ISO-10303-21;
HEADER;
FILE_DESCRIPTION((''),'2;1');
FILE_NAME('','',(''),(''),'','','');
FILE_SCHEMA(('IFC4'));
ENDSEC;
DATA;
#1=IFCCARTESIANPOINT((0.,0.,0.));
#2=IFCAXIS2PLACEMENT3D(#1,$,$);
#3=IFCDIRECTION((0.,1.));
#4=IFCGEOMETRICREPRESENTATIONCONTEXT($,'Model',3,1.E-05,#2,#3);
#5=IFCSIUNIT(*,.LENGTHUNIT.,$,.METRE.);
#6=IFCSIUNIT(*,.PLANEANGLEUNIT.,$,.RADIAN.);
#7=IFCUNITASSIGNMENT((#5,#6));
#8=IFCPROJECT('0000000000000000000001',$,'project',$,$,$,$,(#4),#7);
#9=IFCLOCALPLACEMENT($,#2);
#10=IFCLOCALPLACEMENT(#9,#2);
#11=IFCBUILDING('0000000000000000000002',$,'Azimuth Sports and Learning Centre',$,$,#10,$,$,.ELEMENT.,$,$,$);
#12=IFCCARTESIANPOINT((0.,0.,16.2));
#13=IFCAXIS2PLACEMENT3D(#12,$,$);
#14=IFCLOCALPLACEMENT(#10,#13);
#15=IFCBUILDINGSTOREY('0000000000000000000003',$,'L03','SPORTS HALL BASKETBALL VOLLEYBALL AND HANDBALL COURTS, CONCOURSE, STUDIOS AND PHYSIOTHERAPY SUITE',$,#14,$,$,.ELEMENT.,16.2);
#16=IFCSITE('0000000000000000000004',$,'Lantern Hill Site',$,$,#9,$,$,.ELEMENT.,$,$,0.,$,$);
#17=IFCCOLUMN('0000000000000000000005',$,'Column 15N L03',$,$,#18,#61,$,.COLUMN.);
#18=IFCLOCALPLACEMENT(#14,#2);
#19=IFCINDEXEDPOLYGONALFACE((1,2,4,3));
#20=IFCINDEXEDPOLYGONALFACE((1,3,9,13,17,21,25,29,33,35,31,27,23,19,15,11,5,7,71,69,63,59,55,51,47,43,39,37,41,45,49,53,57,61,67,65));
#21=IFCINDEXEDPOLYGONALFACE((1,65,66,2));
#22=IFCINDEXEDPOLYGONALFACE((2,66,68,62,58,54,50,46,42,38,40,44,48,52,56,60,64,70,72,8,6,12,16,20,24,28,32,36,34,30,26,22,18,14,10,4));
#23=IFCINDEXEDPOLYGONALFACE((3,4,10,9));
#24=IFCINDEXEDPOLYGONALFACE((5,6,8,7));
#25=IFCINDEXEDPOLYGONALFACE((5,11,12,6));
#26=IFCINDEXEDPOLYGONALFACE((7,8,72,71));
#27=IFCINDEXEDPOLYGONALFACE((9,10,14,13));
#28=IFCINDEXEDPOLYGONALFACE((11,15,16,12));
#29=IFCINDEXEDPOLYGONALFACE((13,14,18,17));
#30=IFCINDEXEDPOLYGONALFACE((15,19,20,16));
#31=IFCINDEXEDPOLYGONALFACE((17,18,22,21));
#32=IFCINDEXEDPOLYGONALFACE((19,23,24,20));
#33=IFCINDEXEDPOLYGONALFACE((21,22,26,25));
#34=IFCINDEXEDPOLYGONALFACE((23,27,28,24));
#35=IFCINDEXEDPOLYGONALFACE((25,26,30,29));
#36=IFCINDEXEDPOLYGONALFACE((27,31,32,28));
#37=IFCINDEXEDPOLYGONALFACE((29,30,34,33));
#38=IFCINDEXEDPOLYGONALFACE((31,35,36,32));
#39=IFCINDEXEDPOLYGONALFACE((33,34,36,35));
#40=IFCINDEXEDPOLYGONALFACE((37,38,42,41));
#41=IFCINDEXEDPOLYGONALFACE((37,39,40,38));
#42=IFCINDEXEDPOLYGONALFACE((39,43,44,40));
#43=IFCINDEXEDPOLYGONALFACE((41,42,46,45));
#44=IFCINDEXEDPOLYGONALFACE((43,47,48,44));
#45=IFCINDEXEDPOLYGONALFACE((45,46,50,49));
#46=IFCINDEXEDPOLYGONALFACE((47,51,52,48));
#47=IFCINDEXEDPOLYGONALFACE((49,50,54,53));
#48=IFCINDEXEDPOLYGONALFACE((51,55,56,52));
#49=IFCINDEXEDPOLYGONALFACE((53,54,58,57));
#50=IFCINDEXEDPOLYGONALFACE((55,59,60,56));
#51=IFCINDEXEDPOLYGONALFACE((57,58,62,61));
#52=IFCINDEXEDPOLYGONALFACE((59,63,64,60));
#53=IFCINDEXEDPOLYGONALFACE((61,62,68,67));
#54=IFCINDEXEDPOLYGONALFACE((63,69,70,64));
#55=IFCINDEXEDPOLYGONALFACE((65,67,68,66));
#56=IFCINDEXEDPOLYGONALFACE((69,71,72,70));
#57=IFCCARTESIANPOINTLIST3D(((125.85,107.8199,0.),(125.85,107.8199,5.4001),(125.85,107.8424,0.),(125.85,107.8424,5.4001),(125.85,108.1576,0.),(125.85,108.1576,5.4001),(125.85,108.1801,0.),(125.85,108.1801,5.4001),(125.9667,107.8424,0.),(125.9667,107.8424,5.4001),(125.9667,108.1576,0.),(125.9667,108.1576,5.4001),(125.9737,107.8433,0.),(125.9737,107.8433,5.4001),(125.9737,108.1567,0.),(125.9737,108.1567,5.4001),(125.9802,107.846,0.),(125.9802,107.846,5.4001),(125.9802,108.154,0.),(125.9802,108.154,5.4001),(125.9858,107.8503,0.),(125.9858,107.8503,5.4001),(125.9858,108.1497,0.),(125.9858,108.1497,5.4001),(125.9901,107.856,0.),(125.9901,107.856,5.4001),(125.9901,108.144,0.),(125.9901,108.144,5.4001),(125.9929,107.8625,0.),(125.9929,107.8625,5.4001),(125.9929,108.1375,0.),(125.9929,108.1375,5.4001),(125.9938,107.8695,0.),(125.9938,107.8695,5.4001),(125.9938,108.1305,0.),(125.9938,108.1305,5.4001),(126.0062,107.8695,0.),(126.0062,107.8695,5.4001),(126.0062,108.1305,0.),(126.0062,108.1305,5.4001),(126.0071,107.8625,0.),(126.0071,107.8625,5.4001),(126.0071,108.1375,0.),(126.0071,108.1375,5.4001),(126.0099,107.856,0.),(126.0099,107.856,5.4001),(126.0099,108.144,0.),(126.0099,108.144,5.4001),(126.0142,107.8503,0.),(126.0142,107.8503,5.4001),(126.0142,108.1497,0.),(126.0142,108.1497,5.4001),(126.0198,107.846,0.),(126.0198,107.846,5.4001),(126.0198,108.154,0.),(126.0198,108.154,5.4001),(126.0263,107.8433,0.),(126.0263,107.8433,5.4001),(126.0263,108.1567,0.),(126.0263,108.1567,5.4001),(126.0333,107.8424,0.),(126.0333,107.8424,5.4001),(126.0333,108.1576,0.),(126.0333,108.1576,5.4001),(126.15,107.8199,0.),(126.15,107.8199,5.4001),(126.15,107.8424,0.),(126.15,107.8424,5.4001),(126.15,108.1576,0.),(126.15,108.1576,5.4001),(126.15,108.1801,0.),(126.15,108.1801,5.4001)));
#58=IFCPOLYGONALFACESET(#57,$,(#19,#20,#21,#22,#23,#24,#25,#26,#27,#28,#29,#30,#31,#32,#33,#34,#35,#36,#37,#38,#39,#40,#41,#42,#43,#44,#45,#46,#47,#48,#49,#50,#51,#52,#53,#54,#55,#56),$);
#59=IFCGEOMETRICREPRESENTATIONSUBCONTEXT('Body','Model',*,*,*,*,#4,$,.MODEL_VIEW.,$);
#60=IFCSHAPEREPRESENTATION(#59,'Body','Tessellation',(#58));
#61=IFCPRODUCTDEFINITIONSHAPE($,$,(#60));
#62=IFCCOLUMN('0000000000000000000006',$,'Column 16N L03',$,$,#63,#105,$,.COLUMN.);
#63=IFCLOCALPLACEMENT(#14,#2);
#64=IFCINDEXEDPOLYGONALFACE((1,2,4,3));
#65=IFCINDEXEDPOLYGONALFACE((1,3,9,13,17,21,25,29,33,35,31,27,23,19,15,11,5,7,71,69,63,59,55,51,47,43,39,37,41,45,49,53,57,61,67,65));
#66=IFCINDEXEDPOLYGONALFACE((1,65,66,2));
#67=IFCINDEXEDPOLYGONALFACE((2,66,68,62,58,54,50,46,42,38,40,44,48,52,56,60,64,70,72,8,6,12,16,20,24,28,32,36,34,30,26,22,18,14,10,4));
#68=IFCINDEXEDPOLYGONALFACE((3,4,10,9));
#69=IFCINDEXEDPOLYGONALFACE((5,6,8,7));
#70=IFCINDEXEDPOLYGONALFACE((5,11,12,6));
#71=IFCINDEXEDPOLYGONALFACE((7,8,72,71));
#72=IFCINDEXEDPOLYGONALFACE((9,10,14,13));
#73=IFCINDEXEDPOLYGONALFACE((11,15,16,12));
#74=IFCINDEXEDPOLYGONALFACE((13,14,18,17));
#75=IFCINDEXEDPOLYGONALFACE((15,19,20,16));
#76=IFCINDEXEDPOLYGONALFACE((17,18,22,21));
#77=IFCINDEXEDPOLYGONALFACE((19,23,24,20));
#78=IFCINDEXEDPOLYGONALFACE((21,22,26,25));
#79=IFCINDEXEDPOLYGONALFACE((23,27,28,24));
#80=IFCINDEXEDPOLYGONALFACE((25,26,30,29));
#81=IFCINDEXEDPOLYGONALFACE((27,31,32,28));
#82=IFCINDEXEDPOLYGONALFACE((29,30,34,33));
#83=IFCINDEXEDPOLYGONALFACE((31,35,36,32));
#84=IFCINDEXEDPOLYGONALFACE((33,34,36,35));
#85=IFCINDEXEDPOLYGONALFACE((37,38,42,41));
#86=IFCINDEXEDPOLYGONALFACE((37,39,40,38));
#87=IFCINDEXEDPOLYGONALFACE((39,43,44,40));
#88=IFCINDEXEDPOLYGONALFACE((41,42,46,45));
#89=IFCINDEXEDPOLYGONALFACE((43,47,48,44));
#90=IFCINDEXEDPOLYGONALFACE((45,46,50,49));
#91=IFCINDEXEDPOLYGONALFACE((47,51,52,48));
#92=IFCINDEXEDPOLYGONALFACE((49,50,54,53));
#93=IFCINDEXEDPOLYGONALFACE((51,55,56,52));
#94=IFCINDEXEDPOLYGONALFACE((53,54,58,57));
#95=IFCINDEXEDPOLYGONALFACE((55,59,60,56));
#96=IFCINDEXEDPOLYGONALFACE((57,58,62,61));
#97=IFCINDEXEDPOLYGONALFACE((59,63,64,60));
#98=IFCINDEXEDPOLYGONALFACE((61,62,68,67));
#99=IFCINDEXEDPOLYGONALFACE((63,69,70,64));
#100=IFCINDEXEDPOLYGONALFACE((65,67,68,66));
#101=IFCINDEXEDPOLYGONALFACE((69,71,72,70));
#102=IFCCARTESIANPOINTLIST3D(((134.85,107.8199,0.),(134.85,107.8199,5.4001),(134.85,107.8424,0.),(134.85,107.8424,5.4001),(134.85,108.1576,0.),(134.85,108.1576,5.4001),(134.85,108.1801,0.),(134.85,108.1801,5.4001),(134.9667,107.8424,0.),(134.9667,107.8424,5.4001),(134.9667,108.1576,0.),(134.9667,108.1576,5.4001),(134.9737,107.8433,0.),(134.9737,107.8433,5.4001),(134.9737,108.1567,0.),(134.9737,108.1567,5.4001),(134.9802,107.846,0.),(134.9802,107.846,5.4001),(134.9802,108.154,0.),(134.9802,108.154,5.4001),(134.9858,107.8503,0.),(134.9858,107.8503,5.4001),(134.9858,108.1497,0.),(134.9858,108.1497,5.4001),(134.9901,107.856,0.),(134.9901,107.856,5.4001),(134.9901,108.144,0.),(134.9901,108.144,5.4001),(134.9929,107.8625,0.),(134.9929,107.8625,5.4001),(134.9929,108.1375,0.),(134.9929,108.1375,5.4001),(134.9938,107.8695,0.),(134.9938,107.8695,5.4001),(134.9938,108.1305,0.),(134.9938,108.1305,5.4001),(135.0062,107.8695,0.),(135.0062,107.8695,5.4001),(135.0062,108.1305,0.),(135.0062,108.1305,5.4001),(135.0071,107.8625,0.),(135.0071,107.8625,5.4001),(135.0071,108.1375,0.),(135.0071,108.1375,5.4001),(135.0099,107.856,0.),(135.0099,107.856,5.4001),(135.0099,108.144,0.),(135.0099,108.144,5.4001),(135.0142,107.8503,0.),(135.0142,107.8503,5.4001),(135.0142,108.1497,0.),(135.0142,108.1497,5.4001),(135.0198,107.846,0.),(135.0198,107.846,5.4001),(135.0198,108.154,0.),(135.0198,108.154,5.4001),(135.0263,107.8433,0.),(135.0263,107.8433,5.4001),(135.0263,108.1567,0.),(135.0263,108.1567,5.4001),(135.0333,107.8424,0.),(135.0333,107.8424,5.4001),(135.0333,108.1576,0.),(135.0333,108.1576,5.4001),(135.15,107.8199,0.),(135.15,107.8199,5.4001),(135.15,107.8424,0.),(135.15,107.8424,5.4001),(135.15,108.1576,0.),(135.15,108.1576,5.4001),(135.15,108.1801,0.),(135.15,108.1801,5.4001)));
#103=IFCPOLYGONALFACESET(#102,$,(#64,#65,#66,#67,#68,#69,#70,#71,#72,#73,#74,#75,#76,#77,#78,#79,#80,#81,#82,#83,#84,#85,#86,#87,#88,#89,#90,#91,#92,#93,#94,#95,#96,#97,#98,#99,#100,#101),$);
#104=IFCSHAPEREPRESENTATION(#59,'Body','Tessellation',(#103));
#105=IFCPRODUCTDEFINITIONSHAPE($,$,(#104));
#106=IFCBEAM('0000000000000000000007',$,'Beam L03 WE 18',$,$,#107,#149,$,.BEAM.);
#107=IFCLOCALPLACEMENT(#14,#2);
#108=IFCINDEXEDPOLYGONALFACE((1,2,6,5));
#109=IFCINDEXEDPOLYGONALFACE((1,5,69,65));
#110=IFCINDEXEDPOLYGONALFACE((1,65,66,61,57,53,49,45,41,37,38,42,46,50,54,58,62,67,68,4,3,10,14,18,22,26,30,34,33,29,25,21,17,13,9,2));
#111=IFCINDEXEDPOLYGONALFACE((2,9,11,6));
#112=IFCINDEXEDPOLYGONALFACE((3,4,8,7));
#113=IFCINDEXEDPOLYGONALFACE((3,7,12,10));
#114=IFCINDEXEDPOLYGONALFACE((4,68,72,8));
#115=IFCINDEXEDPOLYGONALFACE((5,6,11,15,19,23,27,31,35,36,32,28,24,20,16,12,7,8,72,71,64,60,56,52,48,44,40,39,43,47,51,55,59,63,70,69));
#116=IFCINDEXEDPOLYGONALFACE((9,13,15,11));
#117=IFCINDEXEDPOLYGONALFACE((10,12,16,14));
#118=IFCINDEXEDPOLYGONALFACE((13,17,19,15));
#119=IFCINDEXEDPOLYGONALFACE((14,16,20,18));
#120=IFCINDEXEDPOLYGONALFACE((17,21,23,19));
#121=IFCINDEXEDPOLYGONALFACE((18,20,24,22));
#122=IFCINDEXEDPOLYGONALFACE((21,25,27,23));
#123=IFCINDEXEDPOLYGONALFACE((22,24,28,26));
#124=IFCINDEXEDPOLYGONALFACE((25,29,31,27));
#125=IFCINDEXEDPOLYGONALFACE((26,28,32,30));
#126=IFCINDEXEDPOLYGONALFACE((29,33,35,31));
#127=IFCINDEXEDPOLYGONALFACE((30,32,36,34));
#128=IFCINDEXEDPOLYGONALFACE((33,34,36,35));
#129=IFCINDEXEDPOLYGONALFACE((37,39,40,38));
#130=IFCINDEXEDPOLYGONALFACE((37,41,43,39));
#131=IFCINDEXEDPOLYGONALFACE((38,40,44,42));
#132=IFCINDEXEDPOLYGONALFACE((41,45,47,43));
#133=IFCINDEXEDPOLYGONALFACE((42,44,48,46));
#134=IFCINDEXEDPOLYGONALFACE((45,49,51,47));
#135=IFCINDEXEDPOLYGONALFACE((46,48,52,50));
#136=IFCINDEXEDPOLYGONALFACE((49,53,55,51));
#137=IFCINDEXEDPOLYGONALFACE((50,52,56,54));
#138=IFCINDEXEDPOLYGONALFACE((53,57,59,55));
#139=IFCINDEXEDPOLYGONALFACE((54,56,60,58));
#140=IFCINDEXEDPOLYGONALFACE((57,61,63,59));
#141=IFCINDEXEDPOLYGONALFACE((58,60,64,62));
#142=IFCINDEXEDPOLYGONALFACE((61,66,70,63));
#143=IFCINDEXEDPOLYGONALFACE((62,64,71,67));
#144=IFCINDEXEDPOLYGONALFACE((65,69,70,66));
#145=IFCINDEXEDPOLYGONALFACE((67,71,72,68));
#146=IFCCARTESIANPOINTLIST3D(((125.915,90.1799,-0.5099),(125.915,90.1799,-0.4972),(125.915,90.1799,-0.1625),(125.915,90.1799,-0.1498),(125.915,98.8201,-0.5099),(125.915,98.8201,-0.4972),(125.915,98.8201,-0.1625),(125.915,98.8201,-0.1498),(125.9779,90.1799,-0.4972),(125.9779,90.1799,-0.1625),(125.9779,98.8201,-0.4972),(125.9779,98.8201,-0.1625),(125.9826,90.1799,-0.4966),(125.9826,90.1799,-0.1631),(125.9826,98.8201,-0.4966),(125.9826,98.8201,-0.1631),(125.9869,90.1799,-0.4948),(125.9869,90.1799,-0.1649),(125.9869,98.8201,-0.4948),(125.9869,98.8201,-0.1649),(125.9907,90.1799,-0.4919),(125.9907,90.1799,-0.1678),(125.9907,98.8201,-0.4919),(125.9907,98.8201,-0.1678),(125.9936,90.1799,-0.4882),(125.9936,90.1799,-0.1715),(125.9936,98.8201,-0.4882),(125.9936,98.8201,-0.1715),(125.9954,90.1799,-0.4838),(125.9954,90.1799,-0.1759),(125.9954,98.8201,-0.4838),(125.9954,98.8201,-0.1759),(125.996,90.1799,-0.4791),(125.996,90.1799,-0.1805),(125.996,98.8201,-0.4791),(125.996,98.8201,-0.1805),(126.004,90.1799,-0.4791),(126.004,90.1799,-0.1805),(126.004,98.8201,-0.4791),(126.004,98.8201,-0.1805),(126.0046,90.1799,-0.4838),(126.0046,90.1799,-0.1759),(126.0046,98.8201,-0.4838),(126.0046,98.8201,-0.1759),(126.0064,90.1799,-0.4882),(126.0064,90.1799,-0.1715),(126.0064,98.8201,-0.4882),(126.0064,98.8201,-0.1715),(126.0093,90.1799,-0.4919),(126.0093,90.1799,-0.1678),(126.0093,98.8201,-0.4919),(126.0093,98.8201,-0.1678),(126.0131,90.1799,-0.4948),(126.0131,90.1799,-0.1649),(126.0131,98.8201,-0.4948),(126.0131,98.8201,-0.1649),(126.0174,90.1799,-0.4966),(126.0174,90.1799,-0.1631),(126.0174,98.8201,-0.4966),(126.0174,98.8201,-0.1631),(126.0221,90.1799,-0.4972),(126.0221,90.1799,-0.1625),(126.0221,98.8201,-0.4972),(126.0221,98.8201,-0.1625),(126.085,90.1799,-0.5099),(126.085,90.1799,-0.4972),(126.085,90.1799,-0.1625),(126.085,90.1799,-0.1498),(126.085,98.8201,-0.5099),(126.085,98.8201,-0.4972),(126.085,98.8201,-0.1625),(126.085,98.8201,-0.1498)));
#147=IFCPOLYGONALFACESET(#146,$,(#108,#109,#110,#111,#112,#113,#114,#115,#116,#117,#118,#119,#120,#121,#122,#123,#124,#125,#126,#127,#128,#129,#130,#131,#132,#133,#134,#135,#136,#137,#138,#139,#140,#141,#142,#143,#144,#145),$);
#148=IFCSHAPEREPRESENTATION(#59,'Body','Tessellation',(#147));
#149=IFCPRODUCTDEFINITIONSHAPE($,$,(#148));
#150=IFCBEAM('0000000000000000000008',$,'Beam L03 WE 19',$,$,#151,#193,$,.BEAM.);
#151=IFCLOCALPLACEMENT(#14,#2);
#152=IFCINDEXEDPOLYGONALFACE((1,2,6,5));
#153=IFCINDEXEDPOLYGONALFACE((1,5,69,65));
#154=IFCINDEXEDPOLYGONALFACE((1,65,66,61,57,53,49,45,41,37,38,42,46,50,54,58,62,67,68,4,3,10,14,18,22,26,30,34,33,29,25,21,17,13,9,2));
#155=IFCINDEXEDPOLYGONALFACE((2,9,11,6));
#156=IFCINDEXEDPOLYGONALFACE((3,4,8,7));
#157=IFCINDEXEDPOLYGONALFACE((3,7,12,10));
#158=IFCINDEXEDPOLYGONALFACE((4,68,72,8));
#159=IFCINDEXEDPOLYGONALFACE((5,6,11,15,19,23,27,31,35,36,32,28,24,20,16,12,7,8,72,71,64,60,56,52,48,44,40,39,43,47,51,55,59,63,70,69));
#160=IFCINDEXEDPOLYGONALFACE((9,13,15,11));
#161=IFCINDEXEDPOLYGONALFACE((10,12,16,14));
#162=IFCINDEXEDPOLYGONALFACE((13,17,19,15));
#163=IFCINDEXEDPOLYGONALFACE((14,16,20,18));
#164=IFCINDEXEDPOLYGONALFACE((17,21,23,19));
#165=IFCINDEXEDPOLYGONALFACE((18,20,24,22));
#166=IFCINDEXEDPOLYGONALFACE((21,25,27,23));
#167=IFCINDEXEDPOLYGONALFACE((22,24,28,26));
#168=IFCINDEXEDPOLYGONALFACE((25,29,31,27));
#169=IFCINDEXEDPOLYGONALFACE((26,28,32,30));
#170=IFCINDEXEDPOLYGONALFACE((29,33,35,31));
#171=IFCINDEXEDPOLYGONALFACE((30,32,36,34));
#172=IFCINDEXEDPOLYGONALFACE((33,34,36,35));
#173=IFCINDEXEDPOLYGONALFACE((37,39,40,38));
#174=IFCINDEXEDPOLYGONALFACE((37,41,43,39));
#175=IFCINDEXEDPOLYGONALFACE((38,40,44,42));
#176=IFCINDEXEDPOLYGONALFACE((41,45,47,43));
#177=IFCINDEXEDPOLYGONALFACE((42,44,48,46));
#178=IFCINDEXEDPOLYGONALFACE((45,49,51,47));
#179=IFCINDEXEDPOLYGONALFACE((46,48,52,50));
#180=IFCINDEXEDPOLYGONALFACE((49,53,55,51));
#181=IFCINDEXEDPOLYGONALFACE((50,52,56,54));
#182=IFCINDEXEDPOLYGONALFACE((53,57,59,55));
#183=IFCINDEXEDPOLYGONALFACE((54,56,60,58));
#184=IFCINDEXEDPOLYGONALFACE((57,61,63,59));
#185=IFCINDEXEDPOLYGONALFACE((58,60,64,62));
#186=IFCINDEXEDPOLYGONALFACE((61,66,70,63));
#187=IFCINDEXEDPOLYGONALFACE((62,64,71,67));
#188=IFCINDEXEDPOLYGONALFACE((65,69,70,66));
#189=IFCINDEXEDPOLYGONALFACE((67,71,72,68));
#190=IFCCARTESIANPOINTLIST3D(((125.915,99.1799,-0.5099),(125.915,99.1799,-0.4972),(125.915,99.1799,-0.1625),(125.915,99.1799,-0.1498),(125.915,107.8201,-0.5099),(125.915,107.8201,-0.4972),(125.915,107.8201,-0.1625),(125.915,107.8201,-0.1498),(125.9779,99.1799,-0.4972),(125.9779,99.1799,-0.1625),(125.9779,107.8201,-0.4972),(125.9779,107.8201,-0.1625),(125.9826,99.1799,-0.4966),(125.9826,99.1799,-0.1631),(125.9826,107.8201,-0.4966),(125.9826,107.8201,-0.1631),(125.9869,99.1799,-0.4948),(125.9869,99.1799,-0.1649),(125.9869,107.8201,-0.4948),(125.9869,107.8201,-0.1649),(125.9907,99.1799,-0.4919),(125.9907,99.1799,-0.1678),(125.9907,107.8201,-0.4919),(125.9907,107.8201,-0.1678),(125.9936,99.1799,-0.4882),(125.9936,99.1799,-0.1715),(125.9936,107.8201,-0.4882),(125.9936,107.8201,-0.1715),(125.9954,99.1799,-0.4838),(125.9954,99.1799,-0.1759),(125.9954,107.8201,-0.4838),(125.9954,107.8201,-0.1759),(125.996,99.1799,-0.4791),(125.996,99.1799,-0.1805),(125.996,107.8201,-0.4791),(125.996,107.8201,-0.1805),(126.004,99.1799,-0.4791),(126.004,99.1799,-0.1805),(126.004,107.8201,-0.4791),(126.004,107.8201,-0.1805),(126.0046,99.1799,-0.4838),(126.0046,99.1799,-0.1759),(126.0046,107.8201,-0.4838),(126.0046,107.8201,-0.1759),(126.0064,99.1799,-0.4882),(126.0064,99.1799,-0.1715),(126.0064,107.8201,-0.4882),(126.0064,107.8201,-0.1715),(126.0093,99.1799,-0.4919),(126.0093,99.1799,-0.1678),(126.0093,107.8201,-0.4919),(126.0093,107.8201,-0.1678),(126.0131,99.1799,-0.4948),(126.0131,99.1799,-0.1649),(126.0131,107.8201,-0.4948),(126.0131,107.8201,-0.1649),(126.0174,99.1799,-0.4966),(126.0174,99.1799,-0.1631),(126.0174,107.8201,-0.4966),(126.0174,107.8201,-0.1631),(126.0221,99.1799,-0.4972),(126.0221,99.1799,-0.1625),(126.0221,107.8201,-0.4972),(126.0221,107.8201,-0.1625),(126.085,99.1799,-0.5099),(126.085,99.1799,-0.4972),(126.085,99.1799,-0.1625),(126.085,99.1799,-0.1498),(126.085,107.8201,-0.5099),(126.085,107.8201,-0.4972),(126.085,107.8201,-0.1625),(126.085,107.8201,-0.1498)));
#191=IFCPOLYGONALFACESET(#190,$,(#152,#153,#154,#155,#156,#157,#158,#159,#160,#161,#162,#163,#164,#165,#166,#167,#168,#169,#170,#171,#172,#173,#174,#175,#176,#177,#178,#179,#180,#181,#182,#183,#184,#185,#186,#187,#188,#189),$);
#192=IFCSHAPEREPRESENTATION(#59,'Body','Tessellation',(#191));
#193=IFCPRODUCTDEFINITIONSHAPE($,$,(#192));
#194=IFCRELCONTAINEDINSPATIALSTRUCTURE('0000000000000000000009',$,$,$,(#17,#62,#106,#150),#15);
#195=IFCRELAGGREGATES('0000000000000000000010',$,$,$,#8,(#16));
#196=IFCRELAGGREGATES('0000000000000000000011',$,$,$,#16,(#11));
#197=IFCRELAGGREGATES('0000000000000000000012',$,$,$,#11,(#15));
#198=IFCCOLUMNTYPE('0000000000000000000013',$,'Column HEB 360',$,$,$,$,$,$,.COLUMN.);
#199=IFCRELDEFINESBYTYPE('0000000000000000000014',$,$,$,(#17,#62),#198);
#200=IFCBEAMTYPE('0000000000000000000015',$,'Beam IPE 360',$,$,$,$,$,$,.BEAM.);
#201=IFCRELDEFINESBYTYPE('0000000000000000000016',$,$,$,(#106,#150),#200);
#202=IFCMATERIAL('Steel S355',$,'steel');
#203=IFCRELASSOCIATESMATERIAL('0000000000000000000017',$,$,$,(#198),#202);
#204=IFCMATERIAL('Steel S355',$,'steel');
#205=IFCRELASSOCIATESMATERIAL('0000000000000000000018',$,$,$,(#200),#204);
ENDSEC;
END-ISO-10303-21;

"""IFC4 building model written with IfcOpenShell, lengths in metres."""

from ifc_helpers import new_model, si_unit, direction, frame, origin, origin_2d, place, context, subcontext, project, spatial, i_section, extrude, material, material_profile, profile_set, type_object, element, save


model = new_model("IFC4")

# Units and contexts
model_context = context("Model", 3, precision=1e-05, world=origin(), true_north=direction((0.0, 1.0)))
body_context = subcontext(model_context, "Body", "Model", "MODEL_VIEW")
ifc_project = project(units=[si_unit("LENGTHUNIT", "METRE"), si_unit("PLANEANGLEUNIT", "RADIAN")], contexts=[model_context])

# Site, building, storey
site_placement = place(None, origin())
site = spatial("IfcSite", under=ifc_project, at=site_placement, Name="Lantern Hill Site", CompositionType="ELEMENT", RefElevation=0.0)
building_placement = place(site_placement, origin())
building = spatial("IfcBuilding", under=site, at=building_placement, Name="Azimuth Sports and Learning Centre", CompositionType="ELEMENT")
storey_placement = place(building_placement, frame((0.0, 0.0, 16.2)))
storey = spatial("IfcBuildingStorey", under=building, at=storey_placement, Name="L03", Description="SPORTS HALL BASKETBALL VOLLEYBALL AND HANDBALL COURTS, CONCOURSE, STUDIOS AND PHYSIOTHERAPY SUITE", CompositionType="ELEMENT", Elevation=16.2)

# Columns
ifc_material_1 = material(Name="Steel S355", Category="steel")
ifc_material_profile_1 = material_profile(ifc_material_1, i_section(OverallWidth=0.3, OverallDepth=0.3601, WebThickness=0.0125, FlangeThickness=0.0225, FilletRadius=0.0271, at=origin_2d()), Name="HEB 360")
ifc_profile_set_1 = profile_set([ifc_material_profile_1], Name="Steel S355")
column_type = type_object("IfcColumnType", Name="Column HEB 360", PredefinedType="COLUMN", material=ifc_profile_set_1)
for number, where, z_axis, x_axis, name in (
    (1, (126.0, 108.0, 0.0), (0.0, 0.0, 1.0), (1.0, 0.0, 0.0), "Column 15N L03"),
    (2, (135.0, 108.0, 0.0), (0.0, 0.0, 1.0), (1.0, 0.0, 0.0), "Column 16N L03"),
):
    element("IfcColumn", number, at=place(storey_placement, frame(where, z_axis=z_axis, x_axis=x_axis)), inside=storey, type_object=column_type, Name=name, PredefinedType="COLUMN", context=body_context, shape_type="SweptSolid", body=[
        extrude(i_section(OverallWidth=0.3, OverallDepth=0.3601, WebThickness=0.0125, FlangeThickness=0.0225, FilletRadius=0.0271, at=origin_2d()), origin(), (0.0, 0.0, 1.0), 5.4001),
    ])

# Beams
ifc_material_2 = material(Name="Steel S355", Category="steel")
ifc_material_profile_2 = material_profile(ifc_material_2, i_section(OverallWidth=0.1699, OverallDepth=0.3601, WebThickness=0.0081, FlangeThickness=0.0127, FilletRadius=0.0181, at=origin_2d()), Name="IPE 360")
ifc_profile_set_2 = profile_set([ifc_material_profile_2], Name="Steel S355")
beam_type_1 = type_object("IfcBeamType", Name="Beam IPE 360", PredefinedType="BEAM", material=ifc_profile_set_2)
for number, where, z_axis, x_axis, name in (
    (3, (126.0, 90.1799, -0.3298), (0.0, 1.0, 0.0), (-1.0, 0.0, 0.0), "Beam L03 WE 18"),
    (4, (126.0, 99.1799, -0.3298), (0.0, 1.0, 0.0), (-1.0, 0.0, 0.0), "Beam L03 WE 19"),
):
    element("IfcBeam", number, at=place(storey_placement, frame(where, z_axis=z_axis, x_axis=x_axis)), inside=storey, type_object=beam_type_1, Name=name, PredefinedType="BEAM", context=body_context, shape_type="SweptSolid", body=[
        extrude(i_section(OverallWidth=0.1699, OverallDepth=0.3601, WebThickness=0.0081, FlangeThickness=0.0127, FilletRadius=0.0181, at=origin_2d()), origin(), (0.0, 0.0, 1.0), 8.6401),
    ])

save(model, "model.ifc")
